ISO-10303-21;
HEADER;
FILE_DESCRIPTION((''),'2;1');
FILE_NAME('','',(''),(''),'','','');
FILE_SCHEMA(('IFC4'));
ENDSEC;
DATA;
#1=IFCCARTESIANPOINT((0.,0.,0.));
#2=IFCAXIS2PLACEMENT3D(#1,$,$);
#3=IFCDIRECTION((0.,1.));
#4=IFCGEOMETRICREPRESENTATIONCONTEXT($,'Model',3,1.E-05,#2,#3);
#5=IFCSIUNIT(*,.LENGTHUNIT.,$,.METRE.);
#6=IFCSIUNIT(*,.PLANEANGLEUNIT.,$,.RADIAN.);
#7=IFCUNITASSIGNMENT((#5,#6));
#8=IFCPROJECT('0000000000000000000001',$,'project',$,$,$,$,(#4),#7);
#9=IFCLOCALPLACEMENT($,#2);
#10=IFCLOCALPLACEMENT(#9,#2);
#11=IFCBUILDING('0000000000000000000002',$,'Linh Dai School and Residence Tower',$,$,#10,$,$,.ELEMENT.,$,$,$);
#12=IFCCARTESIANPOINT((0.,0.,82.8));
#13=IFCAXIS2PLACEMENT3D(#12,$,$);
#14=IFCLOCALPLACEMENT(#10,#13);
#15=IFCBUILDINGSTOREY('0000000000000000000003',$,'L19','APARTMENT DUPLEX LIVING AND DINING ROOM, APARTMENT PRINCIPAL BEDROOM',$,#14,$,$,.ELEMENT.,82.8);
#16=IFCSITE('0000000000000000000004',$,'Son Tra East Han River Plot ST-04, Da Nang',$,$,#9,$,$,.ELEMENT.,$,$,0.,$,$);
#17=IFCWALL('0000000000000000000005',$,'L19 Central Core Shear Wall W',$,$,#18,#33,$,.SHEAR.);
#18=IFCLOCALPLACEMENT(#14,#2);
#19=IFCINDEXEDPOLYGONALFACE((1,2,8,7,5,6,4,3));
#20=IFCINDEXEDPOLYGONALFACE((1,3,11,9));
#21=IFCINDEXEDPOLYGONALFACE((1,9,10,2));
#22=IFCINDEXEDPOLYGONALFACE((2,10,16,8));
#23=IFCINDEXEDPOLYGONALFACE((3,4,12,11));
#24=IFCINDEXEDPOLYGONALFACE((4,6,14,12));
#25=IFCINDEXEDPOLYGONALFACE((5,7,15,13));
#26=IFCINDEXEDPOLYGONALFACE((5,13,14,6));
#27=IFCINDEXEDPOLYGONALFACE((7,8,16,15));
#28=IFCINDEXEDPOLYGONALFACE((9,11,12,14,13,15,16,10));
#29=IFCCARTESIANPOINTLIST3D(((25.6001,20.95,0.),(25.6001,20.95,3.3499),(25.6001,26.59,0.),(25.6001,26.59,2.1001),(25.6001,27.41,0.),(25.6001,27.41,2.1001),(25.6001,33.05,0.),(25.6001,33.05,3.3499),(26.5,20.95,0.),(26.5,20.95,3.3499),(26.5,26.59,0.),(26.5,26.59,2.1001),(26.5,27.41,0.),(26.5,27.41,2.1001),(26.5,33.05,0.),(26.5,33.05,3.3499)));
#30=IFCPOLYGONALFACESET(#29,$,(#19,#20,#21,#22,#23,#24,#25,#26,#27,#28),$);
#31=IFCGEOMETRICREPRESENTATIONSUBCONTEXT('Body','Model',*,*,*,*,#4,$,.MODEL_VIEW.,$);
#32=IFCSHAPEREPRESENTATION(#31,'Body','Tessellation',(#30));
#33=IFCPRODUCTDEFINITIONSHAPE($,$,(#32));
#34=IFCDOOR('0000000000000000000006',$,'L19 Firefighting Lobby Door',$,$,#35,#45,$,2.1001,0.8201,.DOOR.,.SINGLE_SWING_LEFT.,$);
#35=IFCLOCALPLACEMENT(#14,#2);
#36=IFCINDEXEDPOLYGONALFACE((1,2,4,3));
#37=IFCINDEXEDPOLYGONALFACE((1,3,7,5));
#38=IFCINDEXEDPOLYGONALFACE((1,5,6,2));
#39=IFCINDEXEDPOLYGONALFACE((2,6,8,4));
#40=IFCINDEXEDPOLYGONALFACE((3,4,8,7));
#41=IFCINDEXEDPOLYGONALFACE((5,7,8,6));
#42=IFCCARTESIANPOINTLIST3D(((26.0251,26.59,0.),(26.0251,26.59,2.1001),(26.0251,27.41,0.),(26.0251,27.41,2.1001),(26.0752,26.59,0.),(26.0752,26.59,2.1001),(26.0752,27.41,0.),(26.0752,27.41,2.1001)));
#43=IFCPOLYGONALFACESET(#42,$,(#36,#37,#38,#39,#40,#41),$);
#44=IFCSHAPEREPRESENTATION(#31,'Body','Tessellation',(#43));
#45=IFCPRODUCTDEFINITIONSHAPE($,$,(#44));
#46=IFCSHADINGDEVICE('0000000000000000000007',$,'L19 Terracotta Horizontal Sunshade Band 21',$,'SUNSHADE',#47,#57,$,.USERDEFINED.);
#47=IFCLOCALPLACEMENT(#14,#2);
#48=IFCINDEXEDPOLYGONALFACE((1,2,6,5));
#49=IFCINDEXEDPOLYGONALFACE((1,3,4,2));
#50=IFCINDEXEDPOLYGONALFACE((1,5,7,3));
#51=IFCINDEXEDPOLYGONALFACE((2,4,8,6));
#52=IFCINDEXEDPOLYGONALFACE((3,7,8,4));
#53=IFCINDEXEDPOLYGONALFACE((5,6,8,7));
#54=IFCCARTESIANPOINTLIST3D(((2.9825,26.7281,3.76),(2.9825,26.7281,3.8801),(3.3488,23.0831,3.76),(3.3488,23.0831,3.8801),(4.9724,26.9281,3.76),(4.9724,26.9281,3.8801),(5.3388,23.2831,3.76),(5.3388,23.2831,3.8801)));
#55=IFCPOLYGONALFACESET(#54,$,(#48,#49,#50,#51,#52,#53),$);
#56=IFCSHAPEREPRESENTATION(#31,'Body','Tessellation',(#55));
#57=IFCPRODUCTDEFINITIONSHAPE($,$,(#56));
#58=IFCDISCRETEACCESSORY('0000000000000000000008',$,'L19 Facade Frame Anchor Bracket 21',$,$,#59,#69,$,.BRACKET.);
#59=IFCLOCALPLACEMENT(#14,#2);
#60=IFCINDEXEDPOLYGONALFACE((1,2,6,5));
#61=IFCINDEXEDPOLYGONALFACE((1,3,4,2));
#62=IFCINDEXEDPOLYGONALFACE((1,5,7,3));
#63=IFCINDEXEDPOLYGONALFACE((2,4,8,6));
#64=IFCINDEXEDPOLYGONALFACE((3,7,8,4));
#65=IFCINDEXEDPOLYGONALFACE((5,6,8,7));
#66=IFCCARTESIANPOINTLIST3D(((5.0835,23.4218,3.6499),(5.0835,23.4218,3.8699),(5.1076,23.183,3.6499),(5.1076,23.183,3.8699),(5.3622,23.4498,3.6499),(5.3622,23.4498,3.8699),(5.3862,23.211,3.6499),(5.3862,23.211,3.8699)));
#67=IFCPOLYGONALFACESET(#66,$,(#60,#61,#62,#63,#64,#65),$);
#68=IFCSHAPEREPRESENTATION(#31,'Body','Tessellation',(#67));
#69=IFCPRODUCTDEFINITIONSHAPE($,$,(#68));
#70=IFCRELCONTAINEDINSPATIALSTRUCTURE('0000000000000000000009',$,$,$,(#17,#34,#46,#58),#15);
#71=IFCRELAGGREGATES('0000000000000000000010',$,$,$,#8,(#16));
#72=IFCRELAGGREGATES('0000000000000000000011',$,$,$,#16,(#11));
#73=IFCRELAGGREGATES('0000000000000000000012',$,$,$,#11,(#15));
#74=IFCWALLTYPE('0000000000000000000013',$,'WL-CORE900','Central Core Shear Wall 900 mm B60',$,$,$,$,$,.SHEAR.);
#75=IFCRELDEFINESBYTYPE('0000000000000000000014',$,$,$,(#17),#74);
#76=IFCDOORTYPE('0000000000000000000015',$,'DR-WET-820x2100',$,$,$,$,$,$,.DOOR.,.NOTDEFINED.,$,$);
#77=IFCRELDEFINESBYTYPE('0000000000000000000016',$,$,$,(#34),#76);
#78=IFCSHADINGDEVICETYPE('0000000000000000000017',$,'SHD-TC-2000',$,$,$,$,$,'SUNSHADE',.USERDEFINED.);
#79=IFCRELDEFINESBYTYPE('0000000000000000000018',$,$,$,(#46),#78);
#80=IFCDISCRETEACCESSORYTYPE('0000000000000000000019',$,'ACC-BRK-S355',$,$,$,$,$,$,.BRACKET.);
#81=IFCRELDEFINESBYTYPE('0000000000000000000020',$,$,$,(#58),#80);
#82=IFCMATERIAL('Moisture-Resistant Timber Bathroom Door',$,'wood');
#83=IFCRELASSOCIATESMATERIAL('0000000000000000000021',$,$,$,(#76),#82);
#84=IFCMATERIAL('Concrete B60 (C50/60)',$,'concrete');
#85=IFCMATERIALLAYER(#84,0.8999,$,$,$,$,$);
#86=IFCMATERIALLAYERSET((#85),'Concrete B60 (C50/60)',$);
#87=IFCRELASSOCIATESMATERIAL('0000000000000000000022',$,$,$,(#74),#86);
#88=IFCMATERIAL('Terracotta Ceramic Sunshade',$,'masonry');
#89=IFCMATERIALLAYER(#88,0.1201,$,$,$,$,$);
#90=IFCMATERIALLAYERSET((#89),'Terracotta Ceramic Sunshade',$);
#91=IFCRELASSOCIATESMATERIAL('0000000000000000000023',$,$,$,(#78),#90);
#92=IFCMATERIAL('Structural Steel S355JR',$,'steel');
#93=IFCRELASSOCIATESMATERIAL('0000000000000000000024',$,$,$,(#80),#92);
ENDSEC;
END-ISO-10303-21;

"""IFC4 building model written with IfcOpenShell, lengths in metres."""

from ifc_helpers import new_model, si_unit, direction, frame, frame_2d, origin, origin_2d, place, context, subcontext, project, spatial, rectangle, extrude, source, transform, mapped, material, layer, layer_set, type_object, element, fill, save


model = new_model("IFC4")

# Units and contexts
model_context = context("Model", 3, precision=1e-05, world=origin(), true_north=direction((0.0, 1.0)))
body_context = subcontext(model_context, "Body", "Model", "MODEL_VIEW")
ifc_project = project(units=[si_unit("LENGTHUNIT", "METRE"), si_unit("PLANEANGLEUNIT", "RADIAN")], contexts=[model_context])

# Site, building, storey
site_placement = place(None, origin())
site = spatial("IfcSite", under=ifc_project, at=site_placement, Name="Son Tra East Han River Plot ST-04, Da Nang", CompositionType="ELEMENT", RefElevation=0.0)
building_placement = place(site_placement, origin())
building = spatial("IfcBuilding", under=site, at=building_placement, Name="Linh Dai School and Residence Tower", CompositionType="ELEMENT")
storey_placement = place(building_placement, frame((0.0, 0.0, 82.8)))
storey = spatial("IfcBuildingStorey", under=building, at=storey_placement, Name="L19", Description="APARTMENT DUPLEX LIVING AND DINING ROOM, APARTMENT PRINCIPAL BEDROOM", CompositionType="ELEMENT", Elevation=82.8)

# Shared definitions
ifc_material_1 = material(Name="Concrete B60 (C50/60)", Category="concrete")
ifc_material_2 = material(Name="Structural Steel S355JR", Category="steel")

# Shared definitions
ifc_material_3 = material(Name="Moisture-Resistant Timber Bathroom Door", Category="wood")
door_type_1 = type_object("IfcDoorType", Name="DR-WET-820x2100", OperationType="NOTDEFINED", PredefinedType="DOOR", material=ifc_material_3)
shared_shape_1 = source(origin(), body_context, "Body", "SweptSolid", [
    extrude(rectangle(XDim=0.8201, YDim=2.1001, at=origin_2d()), frame((0.4102, 0.0249, 1.05), z_axis=(0.0, -1.0, 0.0), x_axis=(1.0, 0.0, 0.0)), (0.0, 0.0, 1.0), 0.05),
])

# Wall, opening, door
ifc_layer_1 = layer(ifc_material_1, 0.8999)
ifc_layer_set_1 = layer_set([ifc_layer_1], Name="Concrete B60 (C50/60)")
wall_type_1 = type_object("IfcWallType", Name="WL-CORE900", Description="Central Core Shear Wall 900 mm B60", PredefinedType="SHEAR", material=ifc_layer_set_1)
wall_1_placement = place(storey_placement, frame((26.05, 20.95, 0.0), z_axis=(0.0, 0.0, 1.0), x_axis=(0.0, 1.0, 0.0)))
wall_1 = element("IfcWall", 1, at=wall_1_placement, inside=storey, type_object=wall_type_1, Name="L19 Central Core Shear Wall W", PredefinedType="SHEAR", context=body_context, shape_type="SweptSolid", body=[
    extrude(rectangle(XDim=12.1001, YDim=0.8999, at=frame_2d((6.05, 0.0))), origin(), (0.0, 0.0, 1.0), 3.3499),
])
opening_1_placement = place(wall_1_placement, frame((5.6399, 0.0, 0.0)))
opening_1 = element("IfcOpeningElement", 2, at=opening_1_placement, cuts=wall_1, PredefinedType="OPENING", context=body_context, shape_type="SweptSolid", body=[
    extrude(rectangle(XDim=0.8201, YDim=2.1001, at=origin_2d()), frame((0.4102, 0.46, 1.05), z_axis=(0.0, -1.0, 0.0), x_axis=(1.0, 0.0, 0.0)), (0.0, 0.0, 1.0), 0.9199),
])
door_1_placement = place(opening_1_placement, origin())
door_1 = element("IfcDoor", 3, at=door_1_placement, inside=storey, type_object=door_type_1, Name="L19 Firefighting Lobby Door", OperationType="SINGLE_SWING_LEFT", OverallHeight=2.1001, OverallWidth=0.8201, PredefinedType="DOOR", context=body_context, shape_type="MappedRepresentation", body=[
    mapped(shared_shape_1, transform((0.0, 0.0, 0.0), x_axis=(1.0, 0.0, 0.0), y_axis=(0.0, 1.0, 0.0), z_axis=(0.0, 0.0, 1.0), scale=1.0)),
])
fill(opening_1, door_1)

# Shading device
ifc_material_4 = material(Name="Terracotta Ceramic Sunshade", Category="masonry")
ifc_layer_2 = layer(ifc_material_4, 0.1201)
ifc_layer_set_2 = layer_set([ifc_layer_2], Name="Terracotta Ceramic Sunshade")
shading_device_type = type_object("IfcShadingDeviceType", Name="SHD-TC-2000", ElementType="SUNSHADE", PredefinedType="USERDEFINED", material=ifc_layer_set_2)
shared_shape_2 = source(origin(), body_context, "Body", "SweptSolid", [
    extrude(rectangle(XDim=3.6633, YDim=2.0, at=origin_2d()), origin(), (0.0, 0.0, 1.0), 0.1201),
])
shading_device_placement = place(storey_placement, frame((4.1606, 25.0056, 3.76), z_axis=(0.0, 0.0, 1.0), x_axis=(-0.100009, 0.994986, 0.0)))
element("IfcShadingDevice", 4, at=shading_device_placement, inside=storey, type_object=shading_device_type, Name="L19 Terracotta Horizontal Sunshade Band 21", ObjectType="SUNSHADE", PredefinedType="USERDEFINED", context=body_context, shape_type="MappedRepresentation", body=[
    mapped(shared_shape_2, transform((0.0, 0.0, 0.0), x_axis=(1.0, 0.0, 0.0), y_axis=(0.0, 1.0, 0.0), z_axis=(0.0, 0.0, 1.0), scale=1.0)),
])

# Discrete accessory
discrete_accessory_type = type_object("IfcDiscreteAccessoryType", Name="ACC-BRK-S355", PredefinedType="BRACKET", material=ifc_material_2)
shared_shape_3 = source(origin(), body_context, "Body", "SweptSolid", [
    extrude(rectangle(XDim=0.28, YDim=0.24, at=origin_2d()), origin(), (0.0, 0.0, 1.0), 0.22),
])
discrete_accessory_placement = place(storey_placement, frame((5.2349, 23.3164, 3.6499), z_axis=(0.0, 0.0, 1.0), x_axis=(-0.994986, -0.100009, 0.0)))
element("IfcDiscreteAccessory", 5, at=discrete_accessory_placement, inside=storey, type_object=discrete_accessory_type, Name="L19 Facade Frame Anchor Bracket 21", PredefinedType="BRACKET", context=body_context, shape_type="MappedRepresentation", body=[
    mapped(shared_shape_3, transform((0.0, 0.0, 0.0), x_axis=(1.0, 0.0, 0.0), y_axis=(0.0, 1.0, 0.0), z_axis=(0.0, 0.0, 1.0), scale=1.0)),
])

save(model, "model.ifc")
